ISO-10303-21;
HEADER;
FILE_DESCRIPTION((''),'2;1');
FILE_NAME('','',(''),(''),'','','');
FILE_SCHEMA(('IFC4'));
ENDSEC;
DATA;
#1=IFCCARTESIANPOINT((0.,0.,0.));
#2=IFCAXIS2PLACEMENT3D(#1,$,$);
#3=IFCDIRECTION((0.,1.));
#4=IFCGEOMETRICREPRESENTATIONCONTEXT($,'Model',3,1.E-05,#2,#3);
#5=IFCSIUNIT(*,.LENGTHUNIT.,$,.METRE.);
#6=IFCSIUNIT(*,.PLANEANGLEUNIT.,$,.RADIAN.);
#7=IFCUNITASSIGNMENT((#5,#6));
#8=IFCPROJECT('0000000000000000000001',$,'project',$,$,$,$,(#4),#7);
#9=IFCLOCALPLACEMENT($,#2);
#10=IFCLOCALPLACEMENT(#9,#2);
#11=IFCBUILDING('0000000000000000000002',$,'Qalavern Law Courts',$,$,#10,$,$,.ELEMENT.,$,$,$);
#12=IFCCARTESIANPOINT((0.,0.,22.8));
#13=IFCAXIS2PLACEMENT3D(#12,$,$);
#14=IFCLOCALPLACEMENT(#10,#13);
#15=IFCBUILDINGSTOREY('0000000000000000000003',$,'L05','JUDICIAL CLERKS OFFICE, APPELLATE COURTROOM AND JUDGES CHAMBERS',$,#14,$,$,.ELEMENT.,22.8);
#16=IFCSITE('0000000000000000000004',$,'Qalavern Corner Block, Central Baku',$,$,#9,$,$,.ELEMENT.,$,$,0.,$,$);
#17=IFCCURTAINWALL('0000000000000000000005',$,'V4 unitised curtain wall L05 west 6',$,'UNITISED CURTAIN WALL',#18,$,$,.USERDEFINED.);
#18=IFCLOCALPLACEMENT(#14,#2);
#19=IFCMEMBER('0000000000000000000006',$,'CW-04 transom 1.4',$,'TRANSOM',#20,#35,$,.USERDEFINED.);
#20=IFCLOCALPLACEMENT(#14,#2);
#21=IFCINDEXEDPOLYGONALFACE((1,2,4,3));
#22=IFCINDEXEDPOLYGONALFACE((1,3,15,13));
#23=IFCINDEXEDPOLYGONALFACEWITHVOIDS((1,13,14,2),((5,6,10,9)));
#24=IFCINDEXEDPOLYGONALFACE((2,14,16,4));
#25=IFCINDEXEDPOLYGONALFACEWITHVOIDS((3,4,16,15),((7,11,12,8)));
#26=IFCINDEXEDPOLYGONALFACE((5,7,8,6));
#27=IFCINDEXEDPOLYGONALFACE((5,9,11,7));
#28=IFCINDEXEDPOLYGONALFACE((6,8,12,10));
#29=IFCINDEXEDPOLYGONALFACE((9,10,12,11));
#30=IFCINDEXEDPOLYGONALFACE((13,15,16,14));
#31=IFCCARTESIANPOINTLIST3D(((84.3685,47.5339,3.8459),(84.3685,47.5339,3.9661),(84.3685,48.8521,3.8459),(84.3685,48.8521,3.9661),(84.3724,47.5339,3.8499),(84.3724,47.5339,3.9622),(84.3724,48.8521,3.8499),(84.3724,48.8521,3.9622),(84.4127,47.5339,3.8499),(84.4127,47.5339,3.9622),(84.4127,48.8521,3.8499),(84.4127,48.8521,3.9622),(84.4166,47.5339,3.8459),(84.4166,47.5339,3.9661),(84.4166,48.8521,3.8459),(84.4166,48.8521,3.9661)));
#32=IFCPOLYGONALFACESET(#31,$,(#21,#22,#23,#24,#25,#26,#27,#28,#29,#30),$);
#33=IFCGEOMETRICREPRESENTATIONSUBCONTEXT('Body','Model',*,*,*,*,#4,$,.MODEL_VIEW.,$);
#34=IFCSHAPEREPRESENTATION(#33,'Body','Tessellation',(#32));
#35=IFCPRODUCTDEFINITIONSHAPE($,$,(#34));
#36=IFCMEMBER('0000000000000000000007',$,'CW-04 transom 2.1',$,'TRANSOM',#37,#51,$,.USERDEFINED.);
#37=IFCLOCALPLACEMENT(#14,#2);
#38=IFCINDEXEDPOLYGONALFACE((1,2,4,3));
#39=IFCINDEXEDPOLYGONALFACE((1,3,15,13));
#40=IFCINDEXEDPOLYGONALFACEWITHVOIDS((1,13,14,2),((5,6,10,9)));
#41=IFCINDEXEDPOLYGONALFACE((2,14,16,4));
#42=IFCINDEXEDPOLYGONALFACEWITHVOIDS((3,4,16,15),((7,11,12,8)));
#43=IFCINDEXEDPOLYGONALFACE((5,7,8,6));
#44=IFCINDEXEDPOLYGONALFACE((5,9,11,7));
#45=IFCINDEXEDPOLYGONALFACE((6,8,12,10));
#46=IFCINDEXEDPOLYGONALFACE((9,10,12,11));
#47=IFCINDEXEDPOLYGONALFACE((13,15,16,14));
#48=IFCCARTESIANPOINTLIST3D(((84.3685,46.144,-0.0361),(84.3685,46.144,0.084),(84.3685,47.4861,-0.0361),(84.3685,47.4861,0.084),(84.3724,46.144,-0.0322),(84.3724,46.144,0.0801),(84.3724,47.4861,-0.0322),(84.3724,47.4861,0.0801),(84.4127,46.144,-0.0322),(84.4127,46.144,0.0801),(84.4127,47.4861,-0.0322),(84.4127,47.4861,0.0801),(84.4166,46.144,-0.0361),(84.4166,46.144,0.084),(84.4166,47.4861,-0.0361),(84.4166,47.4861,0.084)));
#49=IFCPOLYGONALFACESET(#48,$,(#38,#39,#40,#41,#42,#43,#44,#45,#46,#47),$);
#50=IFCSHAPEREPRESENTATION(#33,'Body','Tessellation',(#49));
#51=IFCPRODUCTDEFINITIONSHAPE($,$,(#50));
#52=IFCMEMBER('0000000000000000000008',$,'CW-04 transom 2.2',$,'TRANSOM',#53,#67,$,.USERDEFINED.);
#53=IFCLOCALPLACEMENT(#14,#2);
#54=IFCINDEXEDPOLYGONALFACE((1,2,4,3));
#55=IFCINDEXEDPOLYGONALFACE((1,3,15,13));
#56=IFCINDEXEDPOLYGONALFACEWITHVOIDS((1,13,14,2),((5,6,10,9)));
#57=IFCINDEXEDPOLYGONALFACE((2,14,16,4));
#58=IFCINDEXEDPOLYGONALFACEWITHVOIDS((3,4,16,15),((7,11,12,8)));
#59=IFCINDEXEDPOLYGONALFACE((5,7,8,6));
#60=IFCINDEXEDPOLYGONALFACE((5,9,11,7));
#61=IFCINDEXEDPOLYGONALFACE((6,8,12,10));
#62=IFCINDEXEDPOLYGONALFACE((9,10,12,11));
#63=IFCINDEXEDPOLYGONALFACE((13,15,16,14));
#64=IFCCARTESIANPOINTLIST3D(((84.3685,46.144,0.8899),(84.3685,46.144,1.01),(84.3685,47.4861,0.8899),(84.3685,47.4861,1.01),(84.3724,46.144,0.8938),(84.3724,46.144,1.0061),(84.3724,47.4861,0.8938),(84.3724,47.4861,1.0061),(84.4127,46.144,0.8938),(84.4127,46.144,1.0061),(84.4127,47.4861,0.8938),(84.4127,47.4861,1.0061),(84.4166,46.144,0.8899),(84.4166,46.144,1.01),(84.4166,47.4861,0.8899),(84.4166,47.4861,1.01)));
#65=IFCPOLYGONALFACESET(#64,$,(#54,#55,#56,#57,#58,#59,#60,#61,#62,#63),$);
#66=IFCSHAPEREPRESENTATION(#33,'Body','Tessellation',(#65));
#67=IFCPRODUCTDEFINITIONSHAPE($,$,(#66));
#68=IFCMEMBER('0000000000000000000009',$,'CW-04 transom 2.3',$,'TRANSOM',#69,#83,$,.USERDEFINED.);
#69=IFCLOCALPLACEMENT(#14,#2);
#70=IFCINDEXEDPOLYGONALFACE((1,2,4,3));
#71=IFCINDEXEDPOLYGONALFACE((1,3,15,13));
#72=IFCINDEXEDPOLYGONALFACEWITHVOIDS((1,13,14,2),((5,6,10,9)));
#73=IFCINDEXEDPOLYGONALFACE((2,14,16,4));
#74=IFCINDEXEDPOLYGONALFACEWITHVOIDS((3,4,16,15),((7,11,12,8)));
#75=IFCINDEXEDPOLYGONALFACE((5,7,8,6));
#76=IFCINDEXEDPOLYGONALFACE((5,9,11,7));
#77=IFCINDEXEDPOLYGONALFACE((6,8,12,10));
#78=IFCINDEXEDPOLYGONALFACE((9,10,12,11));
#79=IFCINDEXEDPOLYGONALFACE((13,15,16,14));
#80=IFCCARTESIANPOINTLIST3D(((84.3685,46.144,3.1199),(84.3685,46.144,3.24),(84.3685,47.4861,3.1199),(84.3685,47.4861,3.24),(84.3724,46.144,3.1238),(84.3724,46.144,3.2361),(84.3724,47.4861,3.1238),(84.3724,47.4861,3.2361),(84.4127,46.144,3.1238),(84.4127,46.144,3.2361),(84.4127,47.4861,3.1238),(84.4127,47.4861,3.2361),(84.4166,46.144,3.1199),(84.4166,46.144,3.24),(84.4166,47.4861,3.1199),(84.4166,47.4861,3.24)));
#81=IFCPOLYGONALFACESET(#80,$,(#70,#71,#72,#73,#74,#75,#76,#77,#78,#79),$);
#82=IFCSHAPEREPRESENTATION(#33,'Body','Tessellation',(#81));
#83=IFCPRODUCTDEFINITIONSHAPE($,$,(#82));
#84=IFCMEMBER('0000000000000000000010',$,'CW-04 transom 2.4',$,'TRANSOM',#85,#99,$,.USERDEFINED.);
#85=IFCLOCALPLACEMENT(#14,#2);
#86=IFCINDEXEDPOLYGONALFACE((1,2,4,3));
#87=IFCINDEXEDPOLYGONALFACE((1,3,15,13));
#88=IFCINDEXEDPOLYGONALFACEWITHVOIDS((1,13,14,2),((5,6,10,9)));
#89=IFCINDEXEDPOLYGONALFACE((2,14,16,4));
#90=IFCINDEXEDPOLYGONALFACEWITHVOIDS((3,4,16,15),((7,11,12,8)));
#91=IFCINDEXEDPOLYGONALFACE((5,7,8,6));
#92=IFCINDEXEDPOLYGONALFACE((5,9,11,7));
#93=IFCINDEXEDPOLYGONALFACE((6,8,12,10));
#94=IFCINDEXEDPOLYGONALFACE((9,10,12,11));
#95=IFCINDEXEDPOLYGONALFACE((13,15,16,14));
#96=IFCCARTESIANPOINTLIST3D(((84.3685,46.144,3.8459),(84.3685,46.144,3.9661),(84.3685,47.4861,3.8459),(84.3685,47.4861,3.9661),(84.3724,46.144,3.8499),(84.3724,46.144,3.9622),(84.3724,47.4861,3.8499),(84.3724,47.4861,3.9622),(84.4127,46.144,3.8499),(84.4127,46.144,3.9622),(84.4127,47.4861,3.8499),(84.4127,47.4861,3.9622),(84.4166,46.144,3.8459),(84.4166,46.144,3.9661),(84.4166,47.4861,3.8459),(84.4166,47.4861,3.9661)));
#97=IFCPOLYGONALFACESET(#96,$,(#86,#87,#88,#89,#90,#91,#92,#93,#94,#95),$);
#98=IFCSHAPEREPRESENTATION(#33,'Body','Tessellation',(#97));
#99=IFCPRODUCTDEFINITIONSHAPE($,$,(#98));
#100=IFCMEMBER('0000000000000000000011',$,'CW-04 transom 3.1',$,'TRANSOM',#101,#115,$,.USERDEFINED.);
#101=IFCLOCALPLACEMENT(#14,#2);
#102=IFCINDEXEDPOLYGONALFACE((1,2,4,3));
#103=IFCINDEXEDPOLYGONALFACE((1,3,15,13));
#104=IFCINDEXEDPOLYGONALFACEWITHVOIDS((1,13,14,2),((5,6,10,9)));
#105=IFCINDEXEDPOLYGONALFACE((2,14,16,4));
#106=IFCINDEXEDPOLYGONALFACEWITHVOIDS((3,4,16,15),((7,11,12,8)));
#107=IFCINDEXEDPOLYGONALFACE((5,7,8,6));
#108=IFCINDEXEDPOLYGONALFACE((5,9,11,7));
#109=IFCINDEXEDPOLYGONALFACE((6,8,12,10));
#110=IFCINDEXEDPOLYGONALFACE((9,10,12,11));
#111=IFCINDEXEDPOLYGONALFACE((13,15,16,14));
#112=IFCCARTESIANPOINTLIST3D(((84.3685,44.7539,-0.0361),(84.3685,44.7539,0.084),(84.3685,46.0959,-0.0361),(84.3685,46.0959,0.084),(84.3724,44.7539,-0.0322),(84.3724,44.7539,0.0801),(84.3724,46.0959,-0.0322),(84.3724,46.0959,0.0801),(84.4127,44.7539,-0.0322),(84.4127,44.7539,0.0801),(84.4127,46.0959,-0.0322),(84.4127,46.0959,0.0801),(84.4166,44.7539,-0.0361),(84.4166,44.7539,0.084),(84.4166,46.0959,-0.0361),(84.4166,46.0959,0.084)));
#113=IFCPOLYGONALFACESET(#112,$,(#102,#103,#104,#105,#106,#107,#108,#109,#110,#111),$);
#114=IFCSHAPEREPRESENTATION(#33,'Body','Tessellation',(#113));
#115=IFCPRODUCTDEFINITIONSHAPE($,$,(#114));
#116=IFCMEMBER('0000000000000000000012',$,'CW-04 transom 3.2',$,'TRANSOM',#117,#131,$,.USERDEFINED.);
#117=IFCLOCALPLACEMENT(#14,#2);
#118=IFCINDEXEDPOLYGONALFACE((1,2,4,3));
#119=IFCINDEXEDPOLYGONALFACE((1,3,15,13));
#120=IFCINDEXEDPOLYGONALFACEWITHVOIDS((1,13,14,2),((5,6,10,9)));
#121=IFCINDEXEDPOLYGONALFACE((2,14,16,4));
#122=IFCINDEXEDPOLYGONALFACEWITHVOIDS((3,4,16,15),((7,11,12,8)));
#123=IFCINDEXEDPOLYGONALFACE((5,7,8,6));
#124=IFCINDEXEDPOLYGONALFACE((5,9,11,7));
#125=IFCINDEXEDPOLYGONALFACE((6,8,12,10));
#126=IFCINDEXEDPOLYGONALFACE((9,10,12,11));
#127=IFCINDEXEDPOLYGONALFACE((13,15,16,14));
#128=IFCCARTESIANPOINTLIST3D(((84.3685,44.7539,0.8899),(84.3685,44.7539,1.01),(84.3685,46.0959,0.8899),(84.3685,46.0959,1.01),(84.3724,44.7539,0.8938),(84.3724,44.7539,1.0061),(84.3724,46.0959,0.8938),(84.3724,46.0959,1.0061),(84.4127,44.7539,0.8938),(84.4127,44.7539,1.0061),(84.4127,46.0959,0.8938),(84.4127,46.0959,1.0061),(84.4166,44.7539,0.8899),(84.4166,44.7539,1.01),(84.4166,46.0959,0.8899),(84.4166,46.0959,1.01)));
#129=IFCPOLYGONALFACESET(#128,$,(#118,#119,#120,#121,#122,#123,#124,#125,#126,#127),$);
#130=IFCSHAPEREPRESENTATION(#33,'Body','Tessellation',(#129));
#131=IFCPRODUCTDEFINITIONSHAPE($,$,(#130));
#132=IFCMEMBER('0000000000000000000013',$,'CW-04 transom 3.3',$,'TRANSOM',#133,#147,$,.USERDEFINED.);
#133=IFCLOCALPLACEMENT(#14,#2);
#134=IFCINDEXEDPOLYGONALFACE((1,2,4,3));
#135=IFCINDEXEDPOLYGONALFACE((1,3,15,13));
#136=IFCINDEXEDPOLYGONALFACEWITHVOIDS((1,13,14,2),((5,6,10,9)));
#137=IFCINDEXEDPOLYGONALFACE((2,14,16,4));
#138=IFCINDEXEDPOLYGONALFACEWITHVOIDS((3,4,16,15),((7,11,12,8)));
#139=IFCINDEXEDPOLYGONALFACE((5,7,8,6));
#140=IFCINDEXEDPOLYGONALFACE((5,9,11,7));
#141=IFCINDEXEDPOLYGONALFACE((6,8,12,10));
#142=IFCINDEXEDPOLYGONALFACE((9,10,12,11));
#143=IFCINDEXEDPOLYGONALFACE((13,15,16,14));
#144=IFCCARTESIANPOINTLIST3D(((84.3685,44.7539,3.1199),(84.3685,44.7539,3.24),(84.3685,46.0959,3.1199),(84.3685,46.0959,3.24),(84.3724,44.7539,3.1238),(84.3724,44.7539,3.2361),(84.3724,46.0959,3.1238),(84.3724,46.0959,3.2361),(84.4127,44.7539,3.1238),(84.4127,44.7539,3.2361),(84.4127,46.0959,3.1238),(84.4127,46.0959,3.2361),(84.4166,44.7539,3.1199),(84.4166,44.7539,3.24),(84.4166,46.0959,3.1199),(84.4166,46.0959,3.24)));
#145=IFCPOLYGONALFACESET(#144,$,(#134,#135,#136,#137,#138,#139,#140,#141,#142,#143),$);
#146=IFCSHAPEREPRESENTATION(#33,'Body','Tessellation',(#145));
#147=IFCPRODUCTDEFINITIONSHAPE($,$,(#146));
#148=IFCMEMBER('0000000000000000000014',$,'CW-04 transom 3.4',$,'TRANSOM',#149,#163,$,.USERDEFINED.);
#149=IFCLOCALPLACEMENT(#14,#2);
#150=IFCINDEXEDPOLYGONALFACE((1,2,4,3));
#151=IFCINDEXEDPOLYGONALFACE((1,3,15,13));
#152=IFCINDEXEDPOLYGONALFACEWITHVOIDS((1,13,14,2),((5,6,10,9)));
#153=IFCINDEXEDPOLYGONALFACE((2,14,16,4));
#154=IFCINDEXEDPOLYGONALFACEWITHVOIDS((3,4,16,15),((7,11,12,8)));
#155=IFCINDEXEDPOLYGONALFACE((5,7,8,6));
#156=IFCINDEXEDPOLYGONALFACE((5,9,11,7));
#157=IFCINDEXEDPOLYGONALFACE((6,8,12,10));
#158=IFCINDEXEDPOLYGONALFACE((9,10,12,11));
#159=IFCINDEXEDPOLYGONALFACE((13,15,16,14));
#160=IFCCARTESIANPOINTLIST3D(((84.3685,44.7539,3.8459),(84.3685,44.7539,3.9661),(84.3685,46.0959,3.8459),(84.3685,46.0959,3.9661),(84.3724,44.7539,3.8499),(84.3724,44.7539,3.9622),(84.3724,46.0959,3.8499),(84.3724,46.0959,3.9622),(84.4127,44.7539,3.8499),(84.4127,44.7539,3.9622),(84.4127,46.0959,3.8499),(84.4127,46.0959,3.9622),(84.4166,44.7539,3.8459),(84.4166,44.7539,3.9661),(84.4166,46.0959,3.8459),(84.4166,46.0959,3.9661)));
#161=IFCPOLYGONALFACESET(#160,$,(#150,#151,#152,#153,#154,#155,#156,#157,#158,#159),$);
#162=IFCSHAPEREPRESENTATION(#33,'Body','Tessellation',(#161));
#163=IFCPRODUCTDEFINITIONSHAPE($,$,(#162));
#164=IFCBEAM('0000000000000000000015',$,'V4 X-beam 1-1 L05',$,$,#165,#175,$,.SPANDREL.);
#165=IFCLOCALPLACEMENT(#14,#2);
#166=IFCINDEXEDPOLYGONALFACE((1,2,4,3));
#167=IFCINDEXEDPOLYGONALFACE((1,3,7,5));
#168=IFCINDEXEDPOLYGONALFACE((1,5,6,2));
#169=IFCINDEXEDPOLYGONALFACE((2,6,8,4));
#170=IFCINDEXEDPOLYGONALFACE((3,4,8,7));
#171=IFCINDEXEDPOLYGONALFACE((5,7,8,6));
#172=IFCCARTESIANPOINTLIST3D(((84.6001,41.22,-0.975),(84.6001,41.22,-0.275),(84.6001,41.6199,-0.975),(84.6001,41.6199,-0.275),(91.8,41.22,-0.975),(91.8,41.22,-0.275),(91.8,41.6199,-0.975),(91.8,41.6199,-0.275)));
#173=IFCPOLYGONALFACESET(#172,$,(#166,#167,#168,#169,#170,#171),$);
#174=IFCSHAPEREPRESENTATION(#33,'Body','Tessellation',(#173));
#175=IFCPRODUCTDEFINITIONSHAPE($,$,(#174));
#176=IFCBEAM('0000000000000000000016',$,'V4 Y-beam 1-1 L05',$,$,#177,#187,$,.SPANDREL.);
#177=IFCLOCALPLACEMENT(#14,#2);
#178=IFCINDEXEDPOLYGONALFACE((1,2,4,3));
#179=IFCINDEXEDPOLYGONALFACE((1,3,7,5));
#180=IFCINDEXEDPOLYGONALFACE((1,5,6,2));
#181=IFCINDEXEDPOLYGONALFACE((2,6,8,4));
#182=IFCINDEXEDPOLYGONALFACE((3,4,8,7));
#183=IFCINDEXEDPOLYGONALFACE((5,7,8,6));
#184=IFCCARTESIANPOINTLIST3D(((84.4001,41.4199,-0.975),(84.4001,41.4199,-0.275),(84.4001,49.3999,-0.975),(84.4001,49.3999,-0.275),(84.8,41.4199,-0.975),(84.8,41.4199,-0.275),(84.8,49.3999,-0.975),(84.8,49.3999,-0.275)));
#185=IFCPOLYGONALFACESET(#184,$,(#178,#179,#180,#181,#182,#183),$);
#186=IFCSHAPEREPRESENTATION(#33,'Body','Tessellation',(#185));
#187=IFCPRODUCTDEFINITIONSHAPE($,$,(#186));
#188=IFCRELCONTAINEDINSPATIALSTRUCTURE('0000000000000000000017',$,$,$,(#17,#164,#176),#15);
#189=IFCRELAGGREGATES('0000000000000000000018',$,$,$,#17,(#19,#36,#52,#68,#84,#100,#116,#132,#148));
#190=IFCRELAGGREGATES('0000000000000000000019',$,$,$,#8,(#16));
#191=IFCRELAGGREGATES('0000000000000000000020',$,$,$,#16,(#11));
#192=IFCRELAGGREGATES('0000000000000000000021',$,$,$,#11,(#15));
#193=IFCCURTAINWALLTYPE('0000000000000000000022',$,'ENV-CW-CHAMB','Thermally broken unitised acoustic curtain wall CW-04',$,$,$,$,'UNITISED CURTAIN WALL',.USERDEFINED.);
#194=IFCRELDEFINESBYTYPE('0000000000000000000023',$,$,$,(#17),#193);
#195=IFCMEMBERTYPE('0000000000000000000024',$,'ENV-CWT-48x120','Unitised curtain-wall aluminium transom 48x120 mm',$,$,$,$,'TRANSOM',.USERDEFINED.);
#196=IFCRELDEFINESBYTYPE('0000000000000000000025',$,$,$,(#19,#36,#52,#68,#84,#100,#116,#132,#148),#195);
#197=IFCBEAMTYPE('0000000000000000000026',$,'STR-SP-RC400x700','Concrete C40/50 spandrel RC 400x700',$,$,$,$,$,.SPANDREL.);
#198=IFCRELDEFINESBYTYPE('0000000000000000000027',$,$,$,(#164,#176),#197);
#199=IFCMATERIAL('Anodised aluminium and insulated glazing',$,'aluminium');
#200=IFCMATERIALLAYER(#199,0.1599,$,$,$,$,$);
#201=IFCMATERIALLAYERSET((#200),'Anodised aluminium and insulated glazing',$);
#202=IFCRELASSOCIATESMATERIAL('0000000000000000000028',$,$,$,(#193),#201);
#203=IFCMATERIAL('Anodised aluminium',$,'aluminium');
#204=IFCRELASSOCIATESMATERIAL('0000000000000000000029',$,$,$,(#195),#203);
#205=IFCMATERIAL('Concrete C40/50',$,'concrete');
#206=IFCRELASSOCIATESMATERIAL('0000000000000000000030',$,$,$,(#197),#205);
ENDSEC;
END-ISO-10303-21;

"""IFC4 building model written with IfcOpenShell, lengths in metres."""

from ifc_helpers import new_model, si_unit, direction, frame, origin, origin_2d, place, context, subcontext, project, spatial, rectangle, hollow_rectangle, extrude, material, layer, layer_set, material_profile, profile_set, type_object, element, aggregate, save


model = new_model("IFC4")

# Units and contexts
model_context = context("Model", 3, precision=1e-05, world=origin(), true_north=direction((0.0, 1.0)))
body_context = subcontext(model_context, "Body", "Model", "MODEL_VIEW")
ifc_project = project(units=[si_unit("LENGTHUNIT", "METRE"), si_unit("PLANEANGLEUNIT", "RADIAN")], contexts=[model_context])

# Site, building, storey
site_placement = place(None, origin())
site = spatial("IfcSite", under=ifc_project, at=site_placement, Name="Qalavern Corner Block, Central Baku", CompositionType="ELEMENT", RefElevation=0.0)
building_placement = place(site_placement, origin())
building = spatial("IfcBuilding", under=site, at=building_placement, Name="Qalavern Law Courts", CompositionType="ELEMENT")
storey_placement = place(building_placement, frame((0.0, 0.0, 22.8)))
storey = spatial("IfcBuildingStorey", under=building, at=storey_placement, Name="L05", Description="JUDICIAL CLERKS OFFICE, APPELLATE COURTROOM AND JUDGES CHAMBERS", CompositionType="ELEMENT", Elevation=22.8)

# Shared definitions
ifc_material_1 = material(Name="Anodised aluminium and insulated glazing", Category="aluminium")
ifc_layer_1 = layer(ifc_material_1, 0.1599)
ifc_layer_set_1 = layer_set([ifc_layer_1], Name="Anodised aluminium and insulated glazing")
curtain_wall_type = type_object("IfcCurtainWallType", Name="ENV-CW-CHAMB", Description="Thermally broken unitised acoustic curtain wall CW-04", ElementType="UNITISED CURTAIN WALL", PredefinedType="USERDEFINED", material=ifc_layer_set_1)
ifc_material_2 = material(Name="Anodised aluminium", Category="aluminium")

# Curtain wall
curtain_wall_1_placement = place(storey_placement, origin())
curtain_wall_1 = element("IfcCurtainWall", 1, at=curtain_wall_1_placement, inside=storey, type_object=curtain_wall_type, Name="V4 unitised curtain wall L05 west 6", ObjectType="UNITISED CURTAIN WALL", PredefinedType="USERDEFINED")

# Members
ifc_material_profile_1 = material_profile(ifc_material_2, hollow_rectangle(XDim=0.0481, YDim=0.1201, WallThickness=0.0039, at=origin_2d()), Name="ALU TRANSOM 48x120")
ifc_profile_set_1 = profile_set([ifc_material_profile_1], Name="Anodised aluminium")
member_type_1 = type_object("IfcMemberType", Name="ENV-CWT-48x120", Description="Unitised curtain-wall aluminium transom 48x120 mm", ElementType="TRANSOM", PredefinedType="USERDEFINED", material=ifc_profile_set_1)
member_1_placement = place(storey_placement, frame((84.3926, 48.8521, 3.906), z_axis=(0.0, -1.0, 0.0), x_axis=(1.0, 0.0, 0.0)))
member_1 = element("IfcMember", 2, at=member_1_placement, type_object=member_type_1, Name="CW-04 transom 1.4", ObjectType="TRANSOM", PredefinedType="USERDEFINED", context=body_context, shape_type="SweptSolid", body=[
    extrude(hollow_rectangle(XDim=0.0481, YDim=0.1201, WallThickness=0.0039, at=origin_2d()), origin(), (0.0, 0.0, 1.0), 1.3181),
])
member_2_placement = place(storey_placement, frame((84.3926, 47.4861, 0.0239), z_axis=(0.0, -1.0, 0.0), x_axis=(1.0, 0.0, 0.0)))
member_2 = element("IfcMember", 3, at=member_2_placement, type_object=member_type_1, Name="CW-04 transom 2.1", ObjectType="TRANSOM", PredefinedType="USERDEFINED", context=body_context, shape_type="SweptSolid", body=[
    extrude(hollow_rectangle(XDim=0.0481, YDim=0.1201, WallThickness=0.0039, at=origin_2d()), origin(), (0.0, 0.0, 1.0), 1.342),
])
member_3_placement = place(storey_placement, frame((84.3926, 47.4861, 0.95), z_axis=(0.0, -1.0, 0.0), x_axis=(1.0, 0.0, 0.0)))
member_3 = element("IfcMember", 4, at=member_3_placement, type_object=member_type_1, Name="CW-04 transom 2.2", ObjectType="TRANSOM", PredefinedType="USERDEFINED", context=body_context, shape_type="SweptSolid", body=[
    extrude(hollow_rectangle(XDim=0.0481, YDim=0.1201, WallThickness=0.0039, at=origin_2d()), origin(), (0.0, 0.0, 1.0), 1.342),
])
member_4_placement = place(storey_placement, frame((84.3926, 47.4861, 3.1799), z_axis=(0.0, -1.0, 0.0), x_axis=(1.0, 0.0, 0.0)))
member_4 = element("IfcMember", 5, at=member_4_placement, type_object=member_type_1, Name="CW-04 transom 2.3", ObjectType="TRANSOM", PredefinedType="USERDEFINED", context=body_context, shape_type="SweptSolid", body=[
    extrude(hollow_rectangle(XDim=0.0481, YDim=0.1201, WallThickness=0.0039, at=origin_2d()), origin(), (0.0, 0.0, 1.0), 1.342),
])
member_5_placement = place(storey_placement, frame((84.3926, 47.4861, 3.906), z_axis=(0.0, -1.0, 0.0), x_axis=(1.0, 0.0, 0.0)))
member_5 = element("IfcMember", 6, at=member_5_placement, type_object=member_type_1, Name="CW-04 transom 2.4", ObjectType="TRANSOM", PredefinedType="USERDEFINED", context=body_context, shape_type="SweptSolid", body=[
    extrude(hollow_rectangle(XDim=0.0481, YDim=0.1201, WallThickness=0.0039, at=origin_2d()), origin(), (0.0, 0.0, 1.0), 1.342),
])
member_6_placement = place(storey_placement, frame((84.3926, 46.0959, 0.0239), z_axis=(0.0, -1.0, 0.0), x_axis=(1.0, 0.0, 0.0)))
member_6 = element("IfcMember", 7, at=member_6_placement, type_object=member_type_1, Name="CW-04 transom 3.1", ObjectType="TRANSOM", PredefinedType="USERDEFINED", context=body_context, shape_type="SweptSolid", body=[
    extrude(hollow_rectangle(XDim=0.0481, YDim=0.1201, WallThickness=0.0039, at=origin_2d()), origin(), (0.0, 0.0, 1.0), 1.342),
])
member_7_placement = place(storey_placement, frame((84.3926, 46.0959, 0.95), z_axis=(0.0, -1.0, 0.0), x_axis=(1.0, 0.0, 0.0)))
member_7 = element("IfcMember", 8, at=member_7_placement, type_object=member_type_1, Name="CW-04 transom 3.2", ObjectType="TRANSOM", PredefinedType="USERDEFINED", context=body_context, shape_type="SweptSolid", body=[
    extrude(hollow_rectangle(XDim=0.0481, YDim=0.1201, WallThickness=0.0039, at=origin_2d()), origin(), (0.0, 0.0, 1.0), 1.342),
])
member_8_placement = place(storey_placement, frame((84.3926, 46.0959, 3.1799), z_axis=(0.0, -1.0, 0.0), x_axis=(1.0, 0.0, 0.0)))
member_8 = element("IfcMember", 9, at=member_8_placement, type_object=member_type_1, Name="CW-04 transom 3.3", ObjectType="TRANSOM", PredefinedType="USERDEFINED", context=body_context, shape_type="SweptSolid", body=[
    extrude(hollow_rectangle(XDim=0.0481, YDim=0.1201, WallThickness=0.0039, at=origin_2d()), origin(), (0.0, 0.0, 1.0), 1.342),
])
member_9_placement = place(storey_placement, frame((84.3926, 46.0959, 3.906), z_axis=(0.0, -1.0, 0.0), x_axis=(1.0, 0.0, 0.0)))
member_9 = element("IfcMember", 10, at=member_9_placement, type_object=member_type_1, Name="CW-04 transom 3.4", ObjectType="TRANSOM", PredefinedType="USERDEFINED", context=body_context, shape_type="SweptSolid", body=[
    extrude(hollow_rectangle(XDim=0.0481, YDim=0.1201, WallThickness=0.0039, at=origin_2d()), origin(), (0.0, 0.0, 1.0), 1.342),
])

# Beams
ifc_material_3 = material(Name="Concrete C40/50", Category="concrete")
ifc_material_profile_2 = material_profile(ifc_material_3, rectangle(XDim=0.3999, YDim=0.7, at=origin_2d()), Name="RC 400x700")
ifc_profile_set_2 = profile_set([ifc_material_profile_2], Name="Concrete C40/50")
beam_type = type_object("IfcBeamType", Name="STR-SP-RC400x700", Description="Concrete C40/50 spandrel RC 400x700", PredefinedType="SPANDREL", material=ifc_profile_set_2)
beam_1_placement = place(storey_placement, frame((84.6001, 41.4199, -0.625), z_axis=(1.0, 0.0, 0.0), x_axis=(0.0, 1.0, 0.0)))
element("IfcBeam", 11, at=beam_1_placement, inside=storey, type_object=beam_type, Name="V4 X-beam 1-1 L05", PredefinedType="SPANDREL", context=body_context, shape_type="SweptSolid", body=[
    extrude(rectangle(XDim=0.3999, YDim=0.7, at=origin_2d()), origin(), (0.0, 0.0, 1.0), 7.2),
])
beam_2_placement = place(storey_placement, frame((84.6001, 41.4199, -0.625), z_axis=(0.0, 1.0, 0.0), x_axis=(-1.0, 0.0, 0.0)))
element("IfcBeam", 12, at=beam_2_placement, inside=storey, type_object=beam_type, Name="V4 Y-beam 1-1 L05", PredefinedType="SPANDREL", context=body_context, shape_type="SweptSolid", body=[
    extrude(rectangle(XDim=0.3999, YDim=0.7, at=origin_2d()), origin(), (0.0, 0.0, 1.0), 7.98),
])

aggregate(curtain_wall_1, [member_1, member_2, member_3, member_4, member_5, member_6, member_7, member_8, member_9])

save(model, "model.ifc")
